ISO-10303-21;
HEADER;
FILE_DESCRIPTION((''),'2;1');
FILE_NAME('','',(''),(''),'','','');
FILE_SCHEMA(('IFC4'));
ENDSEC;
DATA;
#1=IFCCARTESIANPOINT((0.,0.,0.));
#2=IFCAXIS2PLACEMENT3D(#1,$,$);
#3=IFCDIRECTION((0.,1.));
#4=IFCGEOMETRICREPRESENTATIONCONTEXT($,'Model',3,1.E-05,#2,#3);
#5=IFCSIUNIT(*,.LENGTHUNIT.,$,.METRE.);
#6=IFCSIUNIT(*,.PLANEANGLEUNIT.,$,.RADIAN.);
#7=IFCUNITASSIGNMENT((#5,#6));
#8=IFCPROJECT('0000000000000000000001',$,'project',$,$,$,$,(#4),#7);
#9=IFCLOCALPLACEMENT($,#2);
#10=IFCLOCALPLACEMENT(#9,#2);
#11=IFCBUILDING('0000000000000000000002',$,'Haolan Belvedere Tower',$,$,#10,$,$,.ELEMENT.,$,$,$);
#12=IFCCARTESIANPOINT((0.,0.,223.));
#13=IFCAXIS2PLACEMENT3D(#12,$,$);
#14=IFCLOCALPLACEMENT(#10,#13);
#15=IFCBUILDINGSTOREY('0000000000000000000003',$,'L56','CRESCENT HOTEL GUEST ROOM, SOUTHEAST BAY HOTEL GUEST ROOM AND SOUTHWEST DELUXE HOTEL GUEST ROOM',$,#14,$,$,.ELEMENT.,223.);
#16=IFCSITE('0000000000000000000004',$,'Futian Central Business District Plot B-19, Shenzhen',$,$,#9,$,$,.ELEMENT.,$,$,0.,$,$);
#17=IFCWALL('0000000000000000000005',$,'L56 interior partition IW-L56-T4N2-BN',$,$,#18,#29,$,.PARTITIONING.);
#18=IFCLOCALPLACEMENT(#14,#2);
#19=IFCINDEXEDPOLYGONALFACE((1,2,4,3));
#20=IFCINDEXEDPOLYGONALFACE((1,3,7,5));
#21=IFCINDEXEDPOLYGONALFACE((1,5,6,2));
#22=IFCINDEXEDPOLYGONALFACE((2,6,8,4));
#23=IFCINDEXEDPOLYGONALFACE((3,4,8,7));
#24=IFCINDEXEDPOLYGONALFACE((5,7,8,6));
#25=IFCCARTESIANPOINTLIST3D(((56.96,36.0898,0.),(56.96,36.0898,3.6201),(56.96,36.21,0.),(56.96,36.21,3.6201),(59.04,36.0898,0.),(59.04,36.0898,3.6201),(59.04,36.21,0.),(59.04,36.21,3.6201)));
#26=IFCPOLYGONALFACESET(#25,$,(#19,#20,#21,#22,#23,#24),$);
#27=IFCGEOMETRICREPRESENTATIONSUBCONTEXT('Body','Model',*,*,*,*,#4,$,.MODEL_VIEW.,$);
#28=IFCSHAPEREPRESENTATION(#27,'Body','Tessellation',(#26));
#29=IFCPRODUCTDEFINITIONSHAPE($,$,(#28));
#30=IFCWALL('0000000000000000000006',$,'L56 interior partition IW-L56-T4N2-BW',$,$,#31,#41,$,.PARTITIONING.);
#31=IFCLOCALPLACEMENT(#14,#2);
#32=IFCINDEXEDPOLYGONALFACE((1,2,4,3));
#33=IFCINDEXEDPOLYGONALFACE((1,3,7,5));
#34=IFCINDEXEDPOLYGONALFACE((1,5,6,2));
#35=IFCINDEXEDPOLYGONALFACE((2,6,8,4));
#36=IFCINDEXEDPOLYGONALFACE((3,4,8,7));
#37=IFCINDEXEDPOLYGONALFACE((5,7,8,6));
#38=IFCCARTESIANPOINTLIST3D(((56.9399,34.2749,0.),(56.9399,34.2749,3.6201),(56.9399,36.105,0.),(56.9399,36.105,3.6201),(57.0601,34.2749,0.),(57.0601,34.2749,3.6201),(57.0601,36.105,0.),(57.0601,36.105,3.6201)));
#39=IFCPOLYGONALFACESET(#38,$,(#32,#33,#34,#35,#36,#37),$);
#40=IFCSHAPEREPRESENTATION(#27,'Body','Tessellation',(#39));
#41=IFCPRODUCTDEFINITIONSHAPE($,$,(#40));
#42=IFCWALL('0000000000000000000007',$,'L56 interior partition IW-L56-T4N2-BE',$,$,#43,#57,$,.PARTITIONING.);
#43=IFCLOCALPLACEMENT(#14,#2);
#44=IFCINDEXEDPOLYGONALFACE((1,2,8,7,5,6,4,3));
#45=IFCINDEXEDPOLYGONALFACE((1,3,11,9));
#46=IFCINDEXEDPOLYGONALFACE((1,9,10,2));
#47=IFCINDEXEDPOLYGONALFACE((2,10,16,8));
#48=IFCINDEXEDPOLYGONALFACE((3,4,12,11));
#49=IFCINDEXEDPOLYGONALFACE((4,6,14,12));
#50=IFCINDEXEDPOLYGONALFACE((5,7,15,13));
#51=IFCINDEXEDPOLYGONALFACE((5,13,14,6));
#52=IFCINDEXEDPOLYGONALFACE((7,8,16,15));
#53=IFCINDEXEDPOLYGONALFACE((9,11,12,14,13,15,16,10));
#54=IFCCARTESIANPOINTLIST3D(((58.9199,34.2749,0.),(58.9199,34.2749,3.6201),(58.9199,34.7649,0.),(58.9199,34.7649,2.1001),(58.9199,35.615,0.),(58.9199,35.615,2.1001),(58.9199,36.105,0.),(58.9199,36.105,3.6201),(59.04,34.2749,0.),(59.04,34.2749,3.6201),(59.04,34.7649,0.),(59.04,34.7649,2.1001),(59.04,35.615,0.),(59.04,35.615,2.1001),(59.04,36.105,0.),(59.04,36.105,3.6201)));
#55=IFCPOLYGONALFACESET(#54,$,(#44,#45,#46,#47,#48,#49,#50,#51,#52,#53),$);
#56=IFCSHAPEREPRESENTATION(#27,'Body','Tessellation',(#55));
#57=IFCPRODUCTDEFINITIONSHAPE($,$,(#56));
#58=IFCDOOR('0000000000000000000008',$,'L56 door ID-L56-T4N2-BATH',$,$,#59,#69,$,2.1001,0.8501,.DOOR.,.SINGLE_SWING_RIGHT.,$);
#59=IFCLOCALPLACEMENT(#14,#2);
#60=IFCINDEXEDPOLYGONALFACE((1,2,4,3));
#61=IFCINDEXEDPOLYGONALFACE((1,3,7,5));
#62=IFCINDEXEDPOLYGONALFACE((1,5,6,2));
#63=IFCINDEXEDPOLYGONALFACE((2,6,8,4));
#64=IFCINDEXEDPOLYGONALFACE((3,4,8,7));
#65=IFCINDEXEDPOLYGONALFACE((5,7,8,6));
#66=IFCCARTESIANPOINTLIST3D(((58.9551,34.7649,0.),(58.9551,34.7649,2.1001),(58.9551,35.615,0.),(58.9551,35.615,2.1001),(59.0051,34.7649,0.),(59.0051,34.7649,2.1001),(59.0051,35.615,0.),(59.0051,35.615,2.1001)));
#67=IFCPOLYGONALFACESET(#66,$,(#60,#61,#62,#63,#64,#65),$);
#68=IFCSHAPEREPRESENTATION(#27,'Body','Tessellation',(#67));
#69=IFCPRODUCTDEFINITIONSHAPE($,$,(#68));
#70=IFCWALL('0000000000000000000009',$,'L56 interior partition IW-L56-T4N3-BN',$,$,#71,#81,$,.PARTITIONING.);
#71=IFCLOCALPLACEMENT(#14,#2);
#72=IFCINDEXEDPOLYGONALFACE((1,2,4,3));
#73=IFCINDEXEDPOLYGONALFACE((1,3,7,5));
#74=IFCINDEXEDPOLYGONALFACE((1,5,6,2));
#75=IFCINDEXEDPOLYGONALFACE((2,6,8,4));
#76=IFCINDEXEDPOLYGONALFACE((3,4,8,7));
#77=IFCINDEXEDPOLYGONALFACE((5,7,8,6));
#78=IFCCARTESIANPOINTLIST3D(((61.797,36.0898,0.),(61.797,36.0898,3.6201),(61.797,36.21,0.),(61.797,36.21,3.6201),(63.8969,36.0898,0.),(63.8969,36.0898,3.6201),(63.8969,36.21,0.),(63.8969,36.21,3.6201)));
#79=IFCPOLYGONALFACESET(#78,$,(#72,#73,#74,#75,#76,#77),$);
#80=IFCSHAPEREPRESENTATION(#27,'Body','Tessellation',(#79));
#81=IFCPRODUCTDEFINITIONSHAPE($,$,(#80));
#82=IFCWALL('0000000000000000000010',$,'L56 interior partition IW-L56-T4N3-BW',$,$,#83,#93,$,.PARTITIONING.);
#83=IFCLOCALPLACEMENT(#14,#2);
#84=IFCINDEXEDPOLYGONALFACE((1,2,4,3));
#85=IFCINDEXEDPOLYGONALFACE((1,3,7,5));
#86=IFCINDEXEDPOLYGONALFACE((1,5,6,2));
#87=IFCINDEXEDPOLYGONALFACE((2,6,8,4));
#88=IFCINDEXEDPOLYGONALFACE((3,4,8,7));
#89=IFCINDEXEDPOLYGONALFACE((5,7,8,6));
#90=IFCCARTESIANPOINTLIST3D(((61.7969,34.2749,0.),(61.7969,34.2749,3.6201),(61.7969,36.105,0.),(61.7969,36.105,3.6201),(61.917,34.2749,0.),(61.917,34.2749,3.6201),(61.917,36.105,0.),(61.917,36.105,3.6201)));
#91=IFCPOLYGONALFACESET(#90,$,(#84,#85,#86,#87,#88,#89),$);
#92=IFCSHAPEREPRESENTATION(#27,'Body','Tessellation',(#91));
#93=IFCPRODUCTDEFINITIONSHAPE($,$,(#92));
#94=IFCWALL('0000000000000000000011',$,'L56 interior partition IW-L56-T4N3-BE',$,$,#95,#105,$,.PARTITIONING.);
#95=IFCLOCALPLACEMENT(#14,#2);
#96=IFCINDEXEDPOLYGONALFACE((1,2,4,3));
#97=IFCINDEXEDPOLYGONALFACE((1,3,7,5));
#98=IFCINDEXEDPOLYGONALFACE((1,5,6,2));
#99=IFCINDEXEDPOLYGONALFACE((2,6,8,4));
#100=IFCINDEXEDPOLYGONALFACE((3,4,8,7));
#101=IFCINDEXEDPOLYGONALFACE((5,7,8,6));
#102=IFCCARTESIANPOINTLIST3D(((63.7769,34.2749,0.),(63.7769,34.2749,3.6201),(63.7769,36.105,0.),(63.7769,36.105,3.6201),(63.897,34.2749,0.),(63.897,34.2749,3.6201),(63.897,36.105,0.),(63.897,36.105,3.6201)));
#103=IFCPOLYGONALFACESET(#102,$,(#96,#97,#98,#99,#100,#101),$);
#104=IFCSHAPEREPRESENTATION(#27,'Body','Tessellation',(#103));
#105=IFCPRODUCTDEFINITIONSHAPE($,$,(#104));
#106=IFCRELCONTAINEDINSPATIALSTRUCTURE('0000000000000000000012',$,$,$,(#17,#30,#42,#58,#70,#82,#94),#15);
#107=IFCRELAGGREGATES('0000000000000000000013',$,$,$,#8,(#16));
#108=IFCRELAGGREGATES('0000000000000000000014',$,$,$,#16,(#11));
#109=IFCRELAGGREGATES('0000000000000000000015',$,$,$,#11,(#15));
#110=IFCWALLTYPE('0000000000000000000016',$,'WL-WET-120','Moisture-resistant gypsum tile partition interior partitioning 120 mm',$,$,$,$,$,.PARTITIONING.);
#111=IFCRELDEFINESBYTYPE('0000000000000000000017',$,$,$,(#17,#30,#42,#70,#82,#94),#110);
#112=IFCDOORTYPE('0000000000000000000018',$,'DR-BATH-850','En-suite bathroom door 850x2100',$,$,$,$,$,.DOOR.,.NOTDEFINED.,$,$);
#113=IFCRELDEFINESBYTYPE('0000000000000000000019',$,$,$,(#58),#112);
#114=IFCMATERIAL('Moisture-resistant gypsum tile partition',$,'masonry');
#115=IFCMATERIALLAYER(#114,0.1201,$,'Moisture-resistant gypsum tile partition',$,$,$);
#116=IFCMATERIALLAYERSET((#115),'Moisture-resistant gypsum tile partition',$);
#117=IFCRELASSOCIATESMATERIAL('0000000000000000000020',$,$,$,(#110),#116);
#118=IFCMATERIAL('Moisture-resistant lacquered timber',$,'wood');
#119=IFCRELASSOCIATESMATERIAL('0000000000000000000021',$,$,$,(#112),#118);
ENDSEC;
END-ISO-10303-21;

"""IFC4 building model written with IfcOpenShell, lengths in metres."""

from ifc_helpers import new_model, si_unit, direction, frame, frame_2d, origin, place, context, subcontext, project, spatial, rectangle, extrude, material, layer, layer_set, type_object, element, fill, save


model = new_model("IFC4")

# Units and contexts
model_context = context("Model", 3, precision=1e-05, world=origin(), true_north=direction((0.0, 1.0)))
body_context = subcontext(model_context, "Body", "Model", "MODEL_VIEW")
ifc_project = project(units=[si_unit("LENGTHUNIT", "METRE"), si_unit("PLANEANGLEUNIT", "RADIAN")], contexts=[model_context])

# Site, building, storey
site_placement = place(None, origin())
site = spatial("IfcSite", under=ifc_project, at=site_placement, Name="Futian Central Business District Plot B-19, Shenzhen", CompositionType="ELEMENT", RefElevation=0.0)
building_placement = place(site_placement, origin())
building = spatial("IfcBuilding", under=site, at=building_placement, Name="Haolan Belvedere Tower", CompositionType="ELEMENT")
storey_placement = place(building_placement, frame((0.0, 0.0, 223.0)))
storey = spatial("IfcBuildingStorey", under=building, at=storey_placement, Name="L56", Description="CRESCENT HOTEL GUEST ROOM, SOUTHEAST BAY HOTEL GUEST ROOM AND SOUTHWEST DELUXE HOTEL GUEST ROOM", CompositionType="ELEMENT", Elevation=223.0)

# Shared definitions
ifc_material_1 = material(Name="Moisture-resistant gypsum tile partition", Category="masonry")
ifc_layer_1 = layer(ifc_material_1, 0.1201, Name="Moisture-resistant gypsum tile partition")
ifc_layer_set_1 = layer_set([ifc_layer_1], Name="Moisture-resistant gypsum tile partition")
wall_type_1 = type_object("IfcWallType", Name="WL-WET-120", Description="Moisture-resistant gypsum tile partition interior partitioning 120 mm", PredefinedType="PARTITIONING", material=ifc_layer_set_1)

# Shared definitions
ifc_material_2 = material(Name="Moisture-resistant lacquered timber", Category="wood")
door_type = type_object("IfcDoorType", Name="DR-BATH-850", Description="En-suite bathroom door 850x2100", OperationType="NOTDEFINED", PredefinedType="DOOR", material=ifc_material_2)

# Walls
wall_1_placement = place(storey_placement, frame((56.96, 36.1499, 0.0), z_axis=(0.0, 0.0, 1.0), x_axis=(1.0, 0.0, 0.0)))
element("IfcWall", 1, at=wall_1_placement, inside=storey, type_object=wall_type_1, Name="L56 interior partition IW-L56-T4N2-BN", PredefinedType="PARTITIONING", context=body_context, shape_type="SweptSolid", body=[
    extrude(rectangle(XDim=2.0801, YDim=0.1201, at=frame_2d((1.04, 0.0))), origin(), (0.0, 0.0, 1.0), 3.6201),
])
wall_2_placement = place(storey_placement, frame((57.0, 34.2749, 0.0), z_axis=(0.0, 0.0, 1.0), x_axis=(0.0, 1.0, 0.0)))
element("IfcWall", 2, at=wall_2_placement, inside=storey, type_object=wall_type_1, Name="L56 interior partition IW-L56-T4N2-BW", PredefinedType="PARTITIONING", context=body_context, shape_type="SweptSolid", body=[
    extrude(rectangle(XDim=1.8301, YDim=0.1201, at=frame_2d((0.915, 0.0))), origin(), (0.0, 0.0, 1.0), 3.6201),
])

# Wall, opening, door
wall_3_placement = place(storey_placement, frame((58.98, 34.2749, 0.0), z_axis=(0.0, 0.0, 1.0), x_axis=(0.0, 1.0, 0.0)))
wall_3 = element("IfcWall", 3, at=wall_3_placement, inside=storey, type_object=wall_type_1, Name="L56 interior partition IW-L56-T4N2-BE", PredefinedType="PARTITIONING", context=body_context, shape_type="SweptSolid", body=[
    extrude(rectangle(XDim=1.8301, YDim=0.1201, at=frame_2d((0.915, 0.0))), origin(), (0.0, 0.0, 1.0), 3.6201),
])
opening_1_placement = place(wall_3_placement, frame((0.49, 0.0, 0.0)))
opening_1 = element("IfcOpeningElement", 4, at=opening_1_placement, cuts=wall_3, PredefinedType="OPENING", context=body_context, shape_type="SweptSolid", body=[
    extrude(rectangle(XDim=0.8501, YDim=2.1001, at=frame_2d((0.425, 1.05))), frame((0.0, 0.0701, 0.0), z_axis=(0.0, -1.0, 0.0), x_axis=(1.0, 0.0, 0.0)), (0.0, 0.0, 1.0), 0.1401),
])
door_1_placement = place(opening_1_placement, origin())
door_1 = element("IfcDoor", 5, at=door_1_placement, inside=storey, type_object=door_type, Name="L56 door ID-L56-T4N2-BATH", OperationType="SINGLE_SWING_RIGHT", OverallHeight=2.1001, OverallWidth=0.8501, PredefinedType="DOOR", context=body_context, shape_type="SweptSolid", body=[
    extrude(rectangle(XDim=0.8501, YDim=2.1001, at=frame_2d((0.425, 1.05))), frame((0.0, 0.0249, 0.0), z_axis=(0.0, -1.0, 0.0), x_axis=(1.0, 0.0, 0.0)), (0.0, 0.0, 1.0), 0.05),
])
fill(opening_1, door_1)

# Walls
wall_4_placement = place(storey_placement, frame((61.7971, 36.1499, 0.0), z_axis=(0.0, 0.0, 1.0), x_axis=(1.0, 0.0, 0.0)))
element("IfcWall", 6, at=wall_4_placement, inside=storey, type_object=wall_type_1, Name="L56 interior partition IW-L56-T4N3-BN", PredefinedType="PARTITIONING", context=body_context, shape_type="SweptSolid", body=[
    extrude(rectangle(XDim=2.0999, YDim=0.1201, at=frame_2d((1.0498, 0.0))), origin(), (0.0, 0.0, 1.0), 3.6201),
])
for number, where, z_axis, x_axis, name in (
    (7, (61.8569, 34.2749, 0.0), (0.0, 0.0, 1.0), (0.0, 1.0, 0.0), "L56 interior partition IW-L56-T4N3-BW"),
    (8, (63.8369, 34.2749, 0.0), (0.0, 0.0, 1.0), (0.0, 1.0, 0.0), "L56 interior partition IW-L56-T4N3-BE"),
):
    element("IfcWall", number, at=place(storey_placement, frame(where, z_axis=z_axis, x_axis=x_axis)), inside=storey, type_object=wall_type_1, Name=name, PredefinedType="PARTITIONING", context=body_context, shape_type="SweptSolid", body=[
        extrude(rectangle(XDim=1.8301, YDim=0.1201, at=frame_2d((0.915, 0.0))), origin(), (0.0, 0.0, 1.0), 3.6201),
    ])

save(model, "model.ifc")
